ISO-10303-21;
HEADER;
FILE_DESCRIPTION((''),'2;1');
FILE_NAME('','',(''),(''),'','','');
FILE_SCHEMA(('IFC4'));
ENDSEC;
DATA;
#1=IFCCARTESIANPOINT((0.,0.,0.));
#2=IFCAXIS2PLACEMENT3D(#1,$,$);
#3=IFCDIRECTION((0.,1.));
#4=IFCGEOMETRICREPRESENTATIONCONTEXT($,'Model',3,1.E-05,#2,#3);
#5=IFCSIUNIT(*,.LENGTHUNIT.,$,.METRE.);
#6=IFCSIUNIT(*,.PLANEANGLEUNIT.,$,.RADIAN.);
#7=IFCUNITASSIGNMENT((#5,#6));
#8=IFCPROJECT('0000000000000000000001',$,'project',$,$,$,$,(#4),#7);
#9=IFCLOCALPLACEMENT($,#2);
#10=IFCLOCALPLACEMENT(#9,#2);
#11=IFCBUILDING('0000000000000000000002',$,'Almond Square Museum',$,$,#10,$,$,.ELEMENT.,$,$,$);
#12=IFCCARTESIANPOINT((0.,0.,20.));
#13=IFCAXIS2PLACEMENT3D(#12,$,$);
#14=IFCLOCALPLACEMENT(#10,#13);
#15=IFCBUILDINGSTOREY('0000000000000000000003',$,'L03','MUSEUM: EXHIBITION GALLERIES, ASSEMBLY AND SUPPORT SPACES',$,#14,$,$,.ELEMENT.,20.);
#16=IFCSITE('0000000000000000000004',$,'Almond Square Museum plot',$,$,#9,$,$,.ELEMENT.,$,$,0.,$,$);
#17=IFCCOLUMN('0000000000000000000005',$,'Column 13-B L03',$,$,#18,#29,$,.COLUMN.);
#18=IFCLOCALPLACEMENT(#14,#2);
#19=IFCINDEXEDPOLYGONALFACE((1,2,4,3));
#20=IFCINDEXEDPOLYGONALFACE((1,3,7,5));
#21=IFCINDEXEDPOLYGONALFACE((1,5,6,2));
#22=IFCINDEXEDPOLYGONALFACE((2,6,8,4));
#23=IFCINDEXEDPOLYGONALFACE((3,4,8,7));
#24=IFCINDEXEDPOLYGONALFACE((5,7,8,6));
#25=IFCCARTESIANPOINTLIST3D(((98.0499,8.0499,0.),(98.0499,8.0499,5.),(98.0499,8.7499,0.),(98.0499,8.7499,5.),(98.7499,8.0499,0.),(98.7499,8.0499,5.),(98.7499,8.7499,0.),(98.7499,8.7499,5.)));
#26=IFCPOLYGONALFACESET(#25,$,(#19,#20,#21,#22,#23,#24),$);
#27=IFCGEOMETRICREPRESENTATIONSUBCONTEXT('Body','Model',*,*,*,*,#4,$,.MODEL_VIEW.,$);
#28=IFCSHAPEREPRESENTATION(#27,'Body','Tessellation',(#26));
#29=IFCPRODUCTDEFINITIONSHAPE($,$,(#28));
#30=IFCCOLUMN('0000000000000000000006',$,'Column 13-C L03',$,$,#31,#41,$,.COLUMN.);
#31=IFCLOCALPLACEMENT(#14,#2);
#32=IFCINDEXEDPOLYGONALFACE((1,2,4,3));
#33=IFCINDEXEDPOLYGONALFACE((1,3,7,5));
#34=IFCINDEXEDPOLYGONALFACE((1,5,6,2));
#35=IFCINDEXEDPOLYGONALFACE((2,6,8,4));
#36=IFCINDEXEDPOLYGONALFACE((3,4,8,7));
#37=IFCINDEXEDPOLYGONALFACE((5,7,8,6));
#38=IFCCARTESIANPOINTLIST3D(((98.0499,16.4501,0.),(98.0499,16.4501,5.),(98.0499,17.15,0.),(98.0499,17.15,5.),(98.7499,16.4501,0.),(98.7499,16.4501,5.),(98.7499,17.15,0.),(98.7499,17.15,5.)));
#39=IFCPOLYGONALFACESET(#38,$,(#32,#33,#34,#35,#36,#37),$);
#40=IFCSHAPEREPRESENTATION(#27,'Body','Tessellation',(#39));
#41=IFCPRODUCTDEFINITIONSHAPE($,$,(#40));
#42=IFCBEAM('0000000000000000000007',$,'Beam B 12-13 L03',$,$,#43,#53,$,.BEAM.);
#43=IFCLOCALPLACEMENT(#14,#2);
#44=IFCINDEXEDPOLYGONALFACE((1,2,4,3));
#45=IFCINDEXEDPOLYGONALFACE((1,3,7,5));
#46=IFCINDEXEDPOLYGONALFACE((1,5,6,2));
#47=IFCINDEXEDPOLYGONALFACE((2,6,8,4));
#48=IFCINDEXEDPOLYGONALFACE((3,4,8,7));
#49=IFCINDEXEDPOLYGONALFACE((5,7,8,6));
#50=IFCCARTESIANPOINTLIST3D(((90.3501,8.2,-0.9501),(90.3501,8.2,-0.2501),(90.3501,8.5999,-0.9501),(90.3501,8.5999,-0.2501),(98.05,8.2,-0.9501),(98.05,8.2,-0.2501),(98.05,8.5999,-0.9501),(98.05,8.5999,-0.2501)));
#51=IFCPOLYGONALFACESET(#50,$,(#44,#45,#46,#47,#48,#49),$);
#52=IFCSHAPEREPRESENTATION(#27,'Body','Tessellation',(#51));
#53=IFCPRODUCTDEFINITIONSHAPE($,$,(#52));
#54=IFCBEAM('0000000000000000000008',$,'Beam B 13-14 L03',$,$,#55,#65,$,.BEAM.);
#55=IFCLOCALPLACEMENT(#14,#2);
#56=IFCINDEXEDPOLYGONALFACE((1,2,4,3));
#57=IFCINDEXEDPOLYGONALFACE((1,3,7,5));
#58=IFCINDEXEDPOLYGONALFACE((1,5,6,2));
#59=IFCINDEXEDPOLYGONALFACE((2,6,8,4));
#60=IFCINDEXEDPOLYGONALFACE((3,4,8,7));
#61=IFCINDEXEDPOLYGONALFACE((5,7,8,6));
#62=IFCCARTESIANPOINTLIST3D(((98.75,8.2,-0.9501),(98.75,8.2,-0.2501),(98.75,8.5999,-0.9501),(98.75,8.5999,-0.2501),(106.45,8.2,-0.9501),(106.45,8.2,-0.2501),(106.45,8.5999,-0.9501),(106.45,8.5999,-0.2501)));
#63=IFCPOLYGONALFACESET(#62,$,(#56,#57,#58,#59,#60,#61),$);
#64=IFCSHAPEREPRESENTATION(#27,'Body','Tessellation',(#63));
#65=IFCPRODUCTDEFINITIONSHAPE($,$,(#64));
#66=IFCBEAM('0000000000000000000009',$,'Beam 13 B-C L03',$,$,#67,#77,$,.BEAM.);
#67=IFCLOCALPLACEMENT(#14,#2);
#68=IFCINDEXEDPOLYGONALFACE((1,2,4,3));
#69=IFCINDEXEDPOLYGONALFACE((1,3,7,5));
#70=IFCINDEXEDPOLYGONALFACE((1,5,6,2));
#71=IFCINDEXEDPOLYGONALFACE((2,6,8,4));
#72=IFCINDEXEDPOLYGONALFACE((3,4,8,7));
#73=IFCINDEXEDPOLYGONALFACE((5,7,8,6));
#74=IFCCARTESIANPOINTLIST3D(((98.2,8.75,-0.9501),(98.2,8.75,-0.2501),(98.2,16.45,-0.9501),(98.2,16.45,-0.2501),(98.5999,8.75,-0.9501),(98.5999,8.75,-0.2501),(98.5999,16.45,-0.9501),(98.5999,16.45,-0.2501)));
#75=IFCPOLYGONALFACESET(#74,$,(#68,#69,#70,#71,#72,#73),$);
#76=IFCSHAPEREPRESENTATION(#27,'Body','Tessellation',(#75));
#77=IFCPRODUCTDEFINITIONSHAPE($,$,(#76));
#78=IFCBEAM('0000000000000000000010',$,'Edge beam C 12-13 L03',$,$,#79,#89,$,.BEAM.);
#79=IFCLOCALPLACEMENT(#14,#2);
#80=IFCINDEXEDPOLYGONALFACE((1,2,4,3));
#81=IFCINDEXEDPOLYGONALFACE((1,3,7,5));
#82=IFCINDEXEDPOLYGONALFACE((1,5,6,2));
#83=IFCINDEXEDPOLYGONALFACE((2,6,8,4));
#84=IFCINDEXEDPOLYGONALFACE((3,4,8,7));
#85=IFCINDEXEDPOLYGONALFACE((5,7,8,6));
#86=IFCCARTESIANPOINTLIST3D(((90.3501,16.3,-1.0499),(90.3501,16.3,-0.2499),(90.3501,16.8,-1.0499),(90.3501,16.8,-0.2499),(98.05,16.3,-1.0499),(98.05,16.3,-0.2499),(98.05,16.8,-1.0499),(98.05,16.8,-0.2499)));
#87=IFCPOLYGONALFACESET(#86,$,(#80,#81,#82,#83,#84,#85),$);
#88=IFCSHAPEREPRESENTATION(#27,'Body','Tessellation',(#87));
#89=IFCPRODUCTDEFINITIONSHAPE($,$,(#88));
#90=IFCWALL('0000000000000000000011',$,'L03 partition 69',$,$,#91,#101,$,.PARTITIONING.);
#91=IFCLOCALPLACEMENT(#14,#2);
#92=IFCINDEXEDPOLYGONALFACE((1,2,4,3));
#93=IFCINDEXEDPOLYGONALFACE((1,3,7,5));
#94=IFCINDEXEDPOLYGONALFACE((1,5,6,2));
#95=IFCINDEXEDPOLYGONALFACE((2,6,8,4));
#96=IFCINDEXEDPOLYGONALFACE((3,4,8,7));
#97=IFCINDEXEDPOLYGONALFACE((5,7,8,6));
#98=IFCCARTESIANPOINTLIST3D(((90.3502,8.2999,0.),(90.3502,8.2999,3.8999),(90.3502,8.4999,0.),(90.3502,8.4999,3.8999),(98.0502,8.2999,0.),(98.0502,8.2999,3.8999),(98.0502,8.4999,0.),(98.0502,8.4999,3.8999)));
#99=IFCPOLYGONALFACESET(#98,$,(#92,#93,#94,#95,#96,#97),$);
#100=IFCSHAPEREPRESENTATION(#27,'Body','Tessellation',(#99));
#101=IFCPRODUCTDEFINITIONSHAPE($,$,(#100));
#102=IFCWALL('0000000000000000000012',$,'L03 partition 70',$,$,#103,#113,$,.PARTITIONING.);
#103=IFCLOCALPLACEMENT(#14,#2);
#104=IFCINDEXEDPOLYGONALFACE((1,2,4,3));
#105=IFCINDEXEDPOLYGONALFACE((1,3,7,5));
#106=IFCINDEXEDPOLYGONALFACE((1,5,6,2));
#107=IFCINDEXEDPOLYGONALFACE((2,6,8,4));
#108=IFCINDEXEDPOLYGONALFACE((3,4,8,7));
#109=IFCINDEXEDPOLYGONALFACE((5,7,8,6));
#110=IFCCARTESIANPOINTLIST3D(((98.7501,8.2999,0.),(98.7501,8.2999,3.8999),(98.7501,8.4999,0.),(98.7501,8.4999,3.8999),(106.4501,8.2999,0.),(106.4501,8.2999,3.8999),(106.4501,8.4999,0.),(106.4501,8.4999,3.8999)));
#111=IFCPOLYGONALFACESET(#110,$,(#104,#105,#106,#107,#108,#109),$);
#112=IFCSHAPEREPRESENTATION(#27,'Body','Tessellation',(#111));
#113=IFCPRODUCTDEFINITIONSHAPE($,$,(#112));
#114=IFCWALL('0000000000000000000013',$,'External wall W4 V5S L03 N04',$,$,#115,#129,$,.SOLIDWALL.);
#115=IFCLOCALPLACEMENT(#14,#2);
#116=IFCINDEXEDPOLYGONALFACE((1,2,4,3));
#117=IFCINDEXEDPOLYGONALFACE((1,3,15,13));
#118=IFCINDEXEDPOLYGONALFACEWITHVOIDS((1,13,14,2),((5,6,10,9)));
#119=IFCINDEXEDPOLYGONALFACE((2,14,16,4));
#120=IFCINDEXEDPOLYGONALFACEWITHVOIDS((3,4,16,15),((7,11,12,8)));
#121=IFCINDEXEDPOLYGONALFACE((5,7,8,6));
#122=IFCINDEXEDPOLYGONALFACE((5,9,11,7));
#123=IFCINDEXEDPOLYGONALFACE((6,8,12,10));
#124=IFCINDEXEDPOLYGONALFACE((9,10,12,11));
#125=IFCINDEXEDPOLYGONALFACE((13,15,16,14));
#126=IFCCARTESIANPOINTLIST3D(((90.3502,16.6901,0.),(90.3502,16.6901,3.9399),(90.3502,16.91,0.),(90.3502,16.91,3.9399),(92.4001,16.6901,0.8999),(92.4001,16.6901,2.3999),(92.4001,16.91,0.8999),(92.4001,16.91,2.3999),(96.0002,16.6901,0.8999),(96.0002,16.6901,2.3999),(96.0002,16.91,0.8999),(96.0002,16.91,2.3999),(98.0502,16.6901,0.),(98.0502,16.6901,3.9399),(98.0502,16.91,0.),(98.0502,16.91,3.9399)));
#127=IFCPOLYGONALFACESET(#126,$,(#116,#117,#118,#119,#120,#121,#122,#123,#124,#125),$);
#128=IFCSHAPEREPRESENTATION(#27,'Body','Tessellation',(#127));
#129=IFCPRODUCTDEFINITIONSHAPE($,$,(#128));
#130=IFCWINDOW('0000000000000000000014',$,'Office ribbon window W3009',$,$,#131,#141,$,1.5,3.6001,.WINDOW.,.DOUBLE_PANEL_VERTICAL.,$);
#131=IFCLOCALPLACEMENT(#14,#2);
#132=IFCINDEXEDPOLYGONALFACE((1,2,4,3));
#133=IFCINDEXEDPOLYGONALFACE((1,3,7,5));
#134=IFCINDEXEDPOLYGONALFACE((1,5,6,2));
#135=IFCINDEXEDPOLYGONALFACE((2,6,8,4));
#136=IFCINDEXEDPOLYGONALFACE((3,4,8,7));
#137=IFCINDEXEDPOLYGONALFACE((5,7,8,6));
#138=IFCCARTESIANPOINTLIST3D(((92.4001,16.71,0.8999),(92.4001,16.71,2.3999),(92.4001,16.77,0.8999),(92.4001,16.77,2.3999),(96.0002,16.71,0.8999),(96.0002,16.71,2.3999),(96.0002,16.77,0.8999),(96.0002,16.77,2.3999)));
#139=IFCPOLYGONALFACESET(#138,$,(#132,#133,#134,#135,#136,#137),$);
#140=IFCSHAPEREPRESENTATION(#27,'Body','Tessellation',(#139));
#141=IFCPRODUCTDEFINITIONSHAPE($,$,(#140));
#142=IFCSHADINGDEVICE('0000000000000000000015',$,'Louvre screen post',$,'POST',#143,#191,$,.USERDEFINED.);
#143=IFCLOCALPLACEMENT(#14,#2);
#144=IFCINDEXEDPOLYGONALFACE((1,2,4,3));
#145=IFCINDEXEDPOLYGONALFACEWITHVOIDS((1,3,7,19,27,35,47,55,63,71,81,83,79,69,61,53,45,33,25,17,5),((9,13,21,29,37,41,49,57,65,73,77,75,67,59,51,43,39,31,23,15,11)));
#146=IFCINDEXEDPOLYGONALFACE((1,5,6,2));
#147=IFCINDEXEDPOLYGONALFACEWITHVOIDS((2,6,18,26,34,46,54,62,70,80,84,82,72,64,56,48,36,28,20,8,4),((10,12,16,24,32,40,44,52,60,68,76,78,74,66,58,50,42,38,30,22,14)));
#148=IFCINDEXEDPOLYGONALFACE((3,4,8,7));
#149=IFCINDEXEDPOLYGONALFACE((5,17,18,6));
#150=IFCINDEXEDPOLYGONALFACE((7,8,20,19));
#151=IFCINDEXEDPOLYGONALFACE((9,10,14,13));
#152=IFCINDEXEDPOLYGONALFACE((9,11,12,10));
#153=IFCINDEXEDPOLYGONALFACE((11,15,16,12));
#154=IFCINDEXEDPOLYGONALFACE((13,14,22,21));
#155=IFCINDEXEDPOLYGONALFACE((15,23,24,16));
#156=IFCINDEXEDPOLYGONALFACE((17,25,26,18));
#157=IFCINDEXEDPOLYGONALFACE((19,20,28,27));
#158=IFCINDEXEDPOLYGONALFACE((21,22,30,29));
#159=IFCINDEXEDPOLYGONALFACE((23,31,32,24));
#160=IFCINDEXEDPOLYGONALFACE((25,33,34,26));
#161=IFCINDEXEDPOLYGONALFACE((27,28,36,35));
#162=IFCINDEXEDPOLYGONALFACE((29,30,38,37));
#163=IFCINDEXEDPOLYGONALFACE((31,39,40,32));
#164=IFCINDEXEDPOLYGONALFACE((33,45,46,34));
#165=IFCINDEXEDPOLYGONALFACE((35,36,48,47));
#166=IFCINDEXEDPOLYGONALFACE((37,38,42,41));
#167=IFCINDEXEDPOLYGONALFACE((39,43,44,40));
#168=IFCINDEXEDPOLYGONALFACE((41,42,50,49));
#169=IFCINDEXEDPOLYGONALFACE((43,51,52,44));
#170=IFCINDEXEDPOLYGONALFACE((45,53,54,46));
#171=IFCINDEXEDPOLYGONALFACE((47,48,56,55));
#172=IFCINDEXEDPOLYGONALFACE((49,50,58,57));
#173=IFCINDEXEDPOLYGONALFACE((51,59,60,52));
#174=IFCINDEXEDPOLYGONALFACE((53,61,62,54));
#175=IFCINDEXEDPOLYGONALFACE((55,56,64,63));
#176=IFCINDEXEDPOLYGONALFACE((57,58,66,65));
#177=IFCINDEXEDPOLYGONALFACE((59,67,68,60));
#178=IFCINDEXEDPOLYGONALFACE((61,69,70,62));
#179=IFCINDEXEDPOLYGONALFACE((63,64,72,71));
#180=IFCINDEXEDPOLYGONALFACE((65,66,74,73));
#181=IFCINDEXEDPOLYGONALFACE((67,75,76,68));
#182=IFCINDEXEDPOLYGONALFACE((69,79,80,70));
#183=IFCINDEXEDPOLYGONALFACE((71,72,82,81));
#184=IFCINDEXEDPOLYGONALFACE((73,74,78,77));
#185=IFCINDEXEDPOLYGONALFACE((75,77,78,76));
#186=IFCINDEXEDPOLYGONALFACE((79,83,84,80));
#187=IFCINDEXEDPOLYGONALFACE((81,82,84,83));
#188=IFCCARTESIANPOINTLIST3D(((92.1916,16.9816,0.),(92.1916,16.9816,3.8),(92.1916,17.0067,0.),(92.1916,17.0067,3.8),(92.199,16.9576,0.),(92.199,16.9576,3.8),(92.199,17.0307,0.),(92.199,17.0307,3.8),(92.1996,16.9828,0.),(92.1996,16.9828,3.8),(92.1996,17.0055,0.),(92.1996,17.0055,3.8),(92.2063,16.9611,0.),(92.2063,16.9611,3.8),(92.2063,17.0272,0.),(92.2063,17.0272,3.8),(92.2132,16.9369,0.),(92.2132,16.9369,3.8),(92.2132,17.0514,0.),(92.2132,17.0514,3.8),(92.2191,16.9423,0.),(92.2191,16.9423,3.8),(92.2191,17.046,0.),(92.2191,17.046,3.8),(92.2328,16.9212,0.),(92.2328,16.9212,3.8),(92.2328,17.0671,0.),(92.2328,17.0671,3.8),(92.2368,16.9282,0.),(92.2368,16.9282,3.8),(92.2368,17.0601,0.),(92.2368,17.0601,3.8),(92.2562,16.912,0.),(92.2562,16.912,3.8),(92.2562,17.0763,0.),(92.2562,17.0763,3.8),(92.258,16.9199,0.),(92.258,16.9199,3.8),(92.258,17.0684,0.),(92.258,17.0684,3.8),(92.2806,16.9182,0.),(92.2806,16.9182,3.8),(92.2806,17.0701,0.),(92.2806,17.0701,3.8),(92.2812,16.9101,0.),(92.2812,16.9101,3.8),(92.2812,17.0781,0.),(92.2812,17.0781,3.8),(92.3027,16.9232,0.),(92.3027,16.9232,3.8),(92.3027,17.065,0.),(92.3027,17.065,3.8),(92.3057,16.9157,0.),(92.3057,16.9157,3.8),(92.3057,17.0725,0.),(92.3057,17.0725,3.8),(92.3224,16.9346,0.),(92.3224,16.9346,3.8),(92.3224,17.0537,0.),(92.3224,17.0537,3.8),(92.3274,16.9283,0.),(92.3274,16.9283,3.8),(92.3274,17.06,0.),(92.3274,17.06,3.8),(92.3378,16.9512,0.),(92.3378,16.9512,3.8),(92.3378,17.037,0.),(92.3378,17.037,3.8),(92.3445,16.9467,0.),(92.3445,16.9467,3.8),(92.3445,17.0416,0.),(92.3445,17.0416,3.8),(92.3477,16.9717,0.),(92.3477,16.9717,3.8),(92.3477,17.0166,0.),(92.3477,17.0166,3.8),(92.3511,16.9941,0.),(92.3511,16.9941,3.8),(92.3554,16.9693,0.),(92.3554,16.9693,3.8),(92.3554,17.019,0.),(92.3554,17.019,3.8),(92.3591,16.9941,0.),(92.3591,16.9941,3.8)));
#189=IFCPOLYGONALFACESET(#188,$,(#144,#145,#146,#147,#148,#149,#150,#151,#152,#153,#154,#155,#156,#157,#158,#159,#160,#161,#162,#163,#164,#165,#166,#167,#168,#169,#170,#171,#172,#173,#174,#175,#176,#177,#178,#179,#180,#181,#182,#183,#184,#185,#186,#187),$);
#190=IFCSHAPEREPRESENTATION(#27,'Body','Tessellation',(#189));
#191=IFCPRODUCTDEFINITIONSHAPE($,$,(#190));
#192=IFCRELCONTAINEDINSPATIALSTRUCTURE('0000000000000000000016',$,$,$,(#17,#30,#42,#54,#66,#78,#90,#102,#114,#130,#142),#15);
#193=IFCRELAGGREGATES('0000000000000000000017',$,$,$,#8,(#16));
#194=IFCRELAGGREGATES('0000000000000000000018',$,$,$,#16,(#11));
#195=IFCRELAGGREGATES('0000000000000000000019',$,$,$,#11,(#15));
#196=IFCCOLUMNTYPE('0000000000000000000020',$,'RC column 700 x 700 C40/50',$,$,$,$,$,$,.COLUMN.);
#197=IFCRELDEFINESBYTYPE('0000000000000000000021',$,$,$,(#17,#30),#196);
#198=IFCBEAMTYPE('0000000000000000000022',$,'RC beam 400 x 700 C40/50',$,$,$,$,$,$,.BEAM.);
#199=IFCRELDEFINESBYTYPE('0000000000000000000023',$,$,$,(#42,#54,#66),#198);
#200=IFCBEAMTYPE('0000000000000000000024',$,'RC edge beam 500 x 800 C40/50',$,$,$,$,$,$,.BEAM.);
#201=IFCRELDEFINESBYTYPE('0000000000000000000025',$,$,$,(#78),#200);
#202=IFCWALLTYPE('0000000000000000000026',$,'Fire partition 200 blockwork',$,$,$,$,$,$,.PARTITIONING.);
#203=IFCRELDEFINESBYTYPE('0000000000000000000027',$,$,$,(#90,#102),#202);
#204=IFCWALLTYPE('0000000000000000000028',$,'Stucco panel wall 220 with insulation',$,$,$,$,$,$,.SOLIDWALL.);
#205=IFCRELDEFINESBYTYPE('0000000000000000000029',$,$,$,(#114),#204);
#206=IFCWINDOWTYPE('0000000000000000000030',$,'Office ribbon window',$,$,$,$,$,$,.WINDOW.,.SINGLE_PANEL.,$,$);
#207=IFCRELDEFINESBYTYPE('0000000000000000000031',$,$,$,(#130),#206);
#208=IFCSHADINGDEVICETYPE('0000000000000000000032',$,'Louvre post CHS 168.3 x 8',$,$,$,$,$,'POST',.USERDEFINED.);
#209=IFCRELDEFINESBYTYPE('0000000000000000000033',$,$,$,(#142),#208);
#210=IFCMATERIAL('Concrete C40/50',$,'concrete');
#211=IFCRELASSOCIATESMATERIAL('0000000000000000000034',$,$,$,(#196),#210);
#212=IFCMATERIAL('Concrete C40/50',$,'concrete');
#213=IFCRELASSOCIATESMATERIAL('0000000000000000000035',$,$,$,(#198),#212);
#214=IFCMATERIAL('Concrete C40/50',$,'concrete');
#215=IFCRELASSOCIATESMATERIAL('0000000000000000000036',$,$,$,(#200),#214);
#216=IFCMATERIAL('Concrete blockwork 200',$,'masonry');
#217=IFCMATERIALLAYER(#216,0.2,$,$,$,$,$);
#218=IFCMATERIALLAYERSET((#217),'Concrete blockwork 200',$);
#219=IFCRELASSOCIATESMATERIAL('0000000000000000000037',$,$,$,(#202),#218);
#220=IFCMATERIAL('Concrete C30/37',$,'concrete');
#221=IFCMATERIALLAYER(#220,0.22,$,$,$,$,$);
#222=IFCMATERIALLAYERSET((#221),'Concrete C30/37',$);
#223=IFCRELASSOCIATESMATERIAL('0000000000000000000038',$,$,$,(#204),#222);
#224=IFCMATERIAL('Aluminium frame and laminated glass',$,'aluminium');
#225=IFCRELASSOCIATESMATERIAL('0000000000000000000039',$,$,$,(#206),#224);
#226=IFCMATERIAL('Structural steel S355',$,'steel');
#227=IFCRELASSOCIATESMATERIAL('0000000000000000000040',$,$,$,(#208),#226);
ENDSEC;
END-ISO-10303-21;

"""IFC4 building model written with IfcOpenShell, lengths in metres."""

from ifc_helpers import new_model, si_unit, direction, frame, frame_2d, origin, origin_2d, place, context, subcontext, project, spatial, rectangle, hollow_circle, extrude, material, layer, layer_set, material_profile, profile_set, type_object, element, fill, save


model = new_model("IFC4")

# Units and contexts
model_context = context("Model", 3, precision=1e-05, world=origin(), true_north=direction((0.0, 1.0)))
body_context = subcontext(model_context, "Body", "Model", "MODEL_VIEW")
ifc_project = project(units=[si_unit("LENGTHUNIT", "METRE"), si_unit("PLANEANGLEUNIT", "RADIAN")], contexts=[model_context])

# Site, building, storey
site_placement = place(None, origin())
site = spatial("IfcSite", under=ifc_project, at=site_placement, Name="Almond Square Museum plot", CompositionType="ELEMENT", RefElevation=0.0)
building_placement = place(site_placement, origin())
building = spatial("IfcBuilding", under=site, at=building_placement, Name="Almond Square Museum", CompositionType="ELEMENT")
storey_placement = place(building_placement, frame((0.0, 0.0, 20.0)))
storey = spatial("IfcBuildingStorey", under=building, at=storey_placement, Name="L03", Description="MUSEUM: EXHIBITION GALLERIES, ASSEMBLY AND SUPPORT SPACES", CompositionType="ELEMENT", Elevation=20.0)

# Columns
ifc_material_1 = material(Name="Concrete C40/50", Category="concrete")
ifc_material_profile_1 = material_profile(ifc_material_1, rectangle(XDim=0.7, YDim=0.7, at=origin_2d()))
ifc_profile_set_1 = profile_set([ifc_material_profile_1], Name="Concrete C40/50")
column_type = type_object("IfcColumnType", Name="RC column 700 x 700 C40/50", PredefinedType="COLUMN", material=ifc_profile_set_1)
for number, where, z_axis, x_axis, name in (
    (1, (98.3999, 8.3999, 0.0), (0.0, 0.0, 1.0), (1.0, 0.0, 0.0), "Column 13-B L03"),
    (2, (98.3999, 16.8, 0.0), (0.0, 0.0, 1.0), (1.0, 0.0, 0.0), "Column 13-C L03"),
):
    element("IfcColumn", number, at=place(storey_placement, frame(where, z_axis=z_axis, x_axis=x_axis)), inside=storey, type_object=column_type, Name=name, PredefinedType="COLUMN", context=body_context, shape_type="SweptSolid", body=[
        extrude(rectangle(XDim=0.7, YDim=0.7, at=origin_2d()), origin(), (0.0, 0.0, 1.0), 5.0),
    ])

# Beams
ifc_material_2 = material(Name="Concrete C40/50", Category="concrete")
ifc_material_profile_2 = material_profile(ifc_material_2, rectangle(XDim=0.3999, YDim=0.7, at=origin_2d()))
ifc_profile_set_2 = profile_set([ifc_material_profile_2], Name="Concrete C40/50")
beam_type_1 = type_object("IfcBeamType", Name="RC beam 400 x 700 C40/50", PredefinedType="BEAM", material=ifc_profile_set_2)
for number, where, z_axis, x_axis, name in (
    (3, (90.3501, 8.3999, -0.6001), (1.0, 0.0, 0.0), (0.0, 1.0, 0.0), "Beam B 12-13 L03"),
    (4, (98.75, 8.3999, -0.6001), (1.0, 0.0, 0.0), (0.0, 1.0, 0.0), "Beam B 13-14 L03"),
    (5, (98.3999, 8.75, -0.6001), (0.0, 1.0, 0.0), (-1.0, 0.0, 0.0), "Beam 13 B-C L03"),
):
    element("IfcBeam", number, at=place(storey_placement, frame(where, z_axis=z_axis, x_axis=x_axis)), inside=storey, type_object=beam_type_1, Name=name, PredefinedType="BEAM", context=body_context, shape_type="SweptSolid", body=[
        extrude(rectangle(XDim=0.3999, YDim=0.7, at=origin_2d()), origin(), (0.0, 0.0, 1.0), 7.7),
    ])
ifc_material_3 = material(Name="Concrete C40/50", Category="concrete")
ifc_material_profile_3 = material_profile(ifc_material_3, rectangle(XDim=0.5, YDim=0.8, at=origin_2d()))
ifc_profile_set_3 = profile_set([ifc_material_profile_3], Name="Concrete C40/50")
beam_type_2 = type_object("IfcBeamType", Name="RC edge beam 500 x 800 C40/50", PredefinedType="BEAM", material=ifc_profile_set_3)
beam_placement = place(storey_placement, frame((90.3501, 16.55, -0.6499), z_axis=(1.0, 0.0, 0.0), x_axis=(0.0, 1.0, 0.0)))
element("IfcBeam", 6, at=beam_placement, inside=storey, type_object=beam_type_2, Name="Edge beam C 12-13 L03", PredefinedType="BEAM", context=body_context, shape_type="SweptSolid", body=[
    extrude(rectangle(XDim=0.5, YDim=0.8, at=origin_2d()), origin(), (0.0, 0.0, 1.0), 7.7),
])

# Walls
ifc_material_4 = material(Name="Concrete blockwork 200", Category="masonry")
ifc_layer_1 = layer(ifc_material_4, 0.2)
ifc_layer_set_1 = layer_set([ifc_layer_1], Name="Concrete blockwork 200")
wall_type_1 = type_object("IfcWallType", Name="Fire partition 200 blockwork", PredefinedType="PARTITIONING", material=ifc_layer_set_1)
for number, where, z_axis, x_axis, name in (
    (7, (90.3501, 8.3999, 0.0), (0.0, 0.0, 1.0), (1.0, 0.0, 0.0), "L03 partition 69"),
    (8, (98.75, 8.3999, 0.0), (0.0, 0.0, 1.0), (1.0, 0.0, 0.0), "L03 partition 70"),
):
    element("IfcWall", number, at=place(storey_placement, frame(where, z_axis=z_axis, x_axis=x_axis)), inside=storey, type_object=wall_type_1, Name=name, PredefinedType="PARTITIONING", context=body_context, shape_type="SweptSolid", body=[
        extrude(rectangle(XDim=7.7, YDim=0.2, at=frame_2d((3.8501, 0.0))), origin(), (0.0, 0.0, 1.0), 3.8999),
    ])

# Wall, opening, window
ifc_material_5 = material(Name="Concrete C30/37", Category="concrete")
ifc_layer_2 = layer(ifc_material_5, 0.22)
ifc_layer_set_2 = layer_set([ifc_layer_2], Name="Concrete C30/37")
wall_type_2 = type_object("IfcWallType", Name="Stucco panel wall 220 with insulation", PredefinedType="SOLIDWALL", material=ifc_layer_set_2)
wall_placement = place(storey_placement, frame((90.3501, 16.8, 0.0), z_axis=(0.0, 0.0, 1.0), x_axis=(1.0, 0.0, 0.0)))
wall = element("IfcWall", 9, at=wall_placement, inside=storey, type_object=wall_type_2, Name="External wall W4 V5S L03 N04", PredefinedType="SOLIDWALL", context=body_context, shape_type="SweptSolid", body=[
    extrude(rectangle(XDim=7.7, YDim=0.22, at=frame_2d((3.8501, 0.0))), origin(), (0.0, 0.0, 1.0), 3.9399),
])
opening_placement = place(wall_placement, frame((2.05, 0.0, 0.8999)))
opening = element("IfcOpeningElement", 10, at=opening_placement, cuts=wall, PredefinedType="OPENING", context=body_context, shape_type="SweptSolid", body=[
    extrude(rectangle(XDim=3.6001, YDim=1.5, at=frame_2d((1.8, 0.75))), frame((0.0, 0.1199, 0.0), z_axis=(0.0, -1.0, 0.0), x_axis=(1.0, 0.0, 0.0)), (0.0, 0.0, 1.0), 0.24),
])
ifc_material_6 = material(Name="Aluminium frame and laminated glass", Category="aluminium")
window_type = type_object("IfcWindowType", Name="Office ribbon window", PartitioningType="SINGLE_PANEL", PredefinedType="WINDOW", material=ifc_material_6)
window_placement = place(opening_placement, origin())
window = element("IfcWindow", 11, at=window_placement, inside=storey, type_object=window_type, Name="Office ribbon window W3009", OverallHeight=1.5, OverallWidth=3.6001, PartitioningType="DOUBLE_PANEL_VERTICAL", PredefinedType="WINDOW", context=body_context, shape_type="SweptSolid", body=[
    extrude(rectangle(XDim=3.6001, YDim=1.5, at=frame_2d((1.8, 0.75))), frame((0.0, -0.03, 0.0), z_axis=(0.0, -1.0, 0.0), x_axis=(1.0, 0.0, 0.0)), (0.0, 0.0, 1.0), 0.0601),
])
fill(opening, window)

# Shading device
ifc_material_7 = material(Name="Structural steel S355", Category="steel")
ifc_material_profile_4 = material_profile(ifc_material_7, hollow_circle(Radius=0.0842, WallThickness=0.0081, at=origin_2d()))
ifc_profile_set_4 = profile_set([ifc_material_profile_4], Name="Structural steel S355")
shading_device_type = type_object("IfcShadingDeviceType", Name="Louvre post CHS 168.3 x 8", ElementType="POST", PredefinedType="USERDEFINED", material=ifc_profile_set_4)
for number, where, z_axis, x_axis, name in (
    (12, (92.2749, 16.9941, 0.0), (0.0, 0.0, 1.0), (1.0, 0.0, 0.0), "Louvre screen post"),
):
    element("IfcShadingDevice", number, at=place(storey_placement, frame(where, z_axis=z_axis, x_axis=x_axis)), inside=storey, type_object=shading_device_type, Name=name, ObjectType="POST", PredefinedType="USERDEFINED", context=body_context, shape_type="SweptSolid", body=[
        extrude(hollow_circle(Radius=0.0842, WallThickness=0.0081, at=origin_2d()), origin(), (0.0, 0.0, 1.0), 3.8),
    ])

save(model, "model.ifc")
